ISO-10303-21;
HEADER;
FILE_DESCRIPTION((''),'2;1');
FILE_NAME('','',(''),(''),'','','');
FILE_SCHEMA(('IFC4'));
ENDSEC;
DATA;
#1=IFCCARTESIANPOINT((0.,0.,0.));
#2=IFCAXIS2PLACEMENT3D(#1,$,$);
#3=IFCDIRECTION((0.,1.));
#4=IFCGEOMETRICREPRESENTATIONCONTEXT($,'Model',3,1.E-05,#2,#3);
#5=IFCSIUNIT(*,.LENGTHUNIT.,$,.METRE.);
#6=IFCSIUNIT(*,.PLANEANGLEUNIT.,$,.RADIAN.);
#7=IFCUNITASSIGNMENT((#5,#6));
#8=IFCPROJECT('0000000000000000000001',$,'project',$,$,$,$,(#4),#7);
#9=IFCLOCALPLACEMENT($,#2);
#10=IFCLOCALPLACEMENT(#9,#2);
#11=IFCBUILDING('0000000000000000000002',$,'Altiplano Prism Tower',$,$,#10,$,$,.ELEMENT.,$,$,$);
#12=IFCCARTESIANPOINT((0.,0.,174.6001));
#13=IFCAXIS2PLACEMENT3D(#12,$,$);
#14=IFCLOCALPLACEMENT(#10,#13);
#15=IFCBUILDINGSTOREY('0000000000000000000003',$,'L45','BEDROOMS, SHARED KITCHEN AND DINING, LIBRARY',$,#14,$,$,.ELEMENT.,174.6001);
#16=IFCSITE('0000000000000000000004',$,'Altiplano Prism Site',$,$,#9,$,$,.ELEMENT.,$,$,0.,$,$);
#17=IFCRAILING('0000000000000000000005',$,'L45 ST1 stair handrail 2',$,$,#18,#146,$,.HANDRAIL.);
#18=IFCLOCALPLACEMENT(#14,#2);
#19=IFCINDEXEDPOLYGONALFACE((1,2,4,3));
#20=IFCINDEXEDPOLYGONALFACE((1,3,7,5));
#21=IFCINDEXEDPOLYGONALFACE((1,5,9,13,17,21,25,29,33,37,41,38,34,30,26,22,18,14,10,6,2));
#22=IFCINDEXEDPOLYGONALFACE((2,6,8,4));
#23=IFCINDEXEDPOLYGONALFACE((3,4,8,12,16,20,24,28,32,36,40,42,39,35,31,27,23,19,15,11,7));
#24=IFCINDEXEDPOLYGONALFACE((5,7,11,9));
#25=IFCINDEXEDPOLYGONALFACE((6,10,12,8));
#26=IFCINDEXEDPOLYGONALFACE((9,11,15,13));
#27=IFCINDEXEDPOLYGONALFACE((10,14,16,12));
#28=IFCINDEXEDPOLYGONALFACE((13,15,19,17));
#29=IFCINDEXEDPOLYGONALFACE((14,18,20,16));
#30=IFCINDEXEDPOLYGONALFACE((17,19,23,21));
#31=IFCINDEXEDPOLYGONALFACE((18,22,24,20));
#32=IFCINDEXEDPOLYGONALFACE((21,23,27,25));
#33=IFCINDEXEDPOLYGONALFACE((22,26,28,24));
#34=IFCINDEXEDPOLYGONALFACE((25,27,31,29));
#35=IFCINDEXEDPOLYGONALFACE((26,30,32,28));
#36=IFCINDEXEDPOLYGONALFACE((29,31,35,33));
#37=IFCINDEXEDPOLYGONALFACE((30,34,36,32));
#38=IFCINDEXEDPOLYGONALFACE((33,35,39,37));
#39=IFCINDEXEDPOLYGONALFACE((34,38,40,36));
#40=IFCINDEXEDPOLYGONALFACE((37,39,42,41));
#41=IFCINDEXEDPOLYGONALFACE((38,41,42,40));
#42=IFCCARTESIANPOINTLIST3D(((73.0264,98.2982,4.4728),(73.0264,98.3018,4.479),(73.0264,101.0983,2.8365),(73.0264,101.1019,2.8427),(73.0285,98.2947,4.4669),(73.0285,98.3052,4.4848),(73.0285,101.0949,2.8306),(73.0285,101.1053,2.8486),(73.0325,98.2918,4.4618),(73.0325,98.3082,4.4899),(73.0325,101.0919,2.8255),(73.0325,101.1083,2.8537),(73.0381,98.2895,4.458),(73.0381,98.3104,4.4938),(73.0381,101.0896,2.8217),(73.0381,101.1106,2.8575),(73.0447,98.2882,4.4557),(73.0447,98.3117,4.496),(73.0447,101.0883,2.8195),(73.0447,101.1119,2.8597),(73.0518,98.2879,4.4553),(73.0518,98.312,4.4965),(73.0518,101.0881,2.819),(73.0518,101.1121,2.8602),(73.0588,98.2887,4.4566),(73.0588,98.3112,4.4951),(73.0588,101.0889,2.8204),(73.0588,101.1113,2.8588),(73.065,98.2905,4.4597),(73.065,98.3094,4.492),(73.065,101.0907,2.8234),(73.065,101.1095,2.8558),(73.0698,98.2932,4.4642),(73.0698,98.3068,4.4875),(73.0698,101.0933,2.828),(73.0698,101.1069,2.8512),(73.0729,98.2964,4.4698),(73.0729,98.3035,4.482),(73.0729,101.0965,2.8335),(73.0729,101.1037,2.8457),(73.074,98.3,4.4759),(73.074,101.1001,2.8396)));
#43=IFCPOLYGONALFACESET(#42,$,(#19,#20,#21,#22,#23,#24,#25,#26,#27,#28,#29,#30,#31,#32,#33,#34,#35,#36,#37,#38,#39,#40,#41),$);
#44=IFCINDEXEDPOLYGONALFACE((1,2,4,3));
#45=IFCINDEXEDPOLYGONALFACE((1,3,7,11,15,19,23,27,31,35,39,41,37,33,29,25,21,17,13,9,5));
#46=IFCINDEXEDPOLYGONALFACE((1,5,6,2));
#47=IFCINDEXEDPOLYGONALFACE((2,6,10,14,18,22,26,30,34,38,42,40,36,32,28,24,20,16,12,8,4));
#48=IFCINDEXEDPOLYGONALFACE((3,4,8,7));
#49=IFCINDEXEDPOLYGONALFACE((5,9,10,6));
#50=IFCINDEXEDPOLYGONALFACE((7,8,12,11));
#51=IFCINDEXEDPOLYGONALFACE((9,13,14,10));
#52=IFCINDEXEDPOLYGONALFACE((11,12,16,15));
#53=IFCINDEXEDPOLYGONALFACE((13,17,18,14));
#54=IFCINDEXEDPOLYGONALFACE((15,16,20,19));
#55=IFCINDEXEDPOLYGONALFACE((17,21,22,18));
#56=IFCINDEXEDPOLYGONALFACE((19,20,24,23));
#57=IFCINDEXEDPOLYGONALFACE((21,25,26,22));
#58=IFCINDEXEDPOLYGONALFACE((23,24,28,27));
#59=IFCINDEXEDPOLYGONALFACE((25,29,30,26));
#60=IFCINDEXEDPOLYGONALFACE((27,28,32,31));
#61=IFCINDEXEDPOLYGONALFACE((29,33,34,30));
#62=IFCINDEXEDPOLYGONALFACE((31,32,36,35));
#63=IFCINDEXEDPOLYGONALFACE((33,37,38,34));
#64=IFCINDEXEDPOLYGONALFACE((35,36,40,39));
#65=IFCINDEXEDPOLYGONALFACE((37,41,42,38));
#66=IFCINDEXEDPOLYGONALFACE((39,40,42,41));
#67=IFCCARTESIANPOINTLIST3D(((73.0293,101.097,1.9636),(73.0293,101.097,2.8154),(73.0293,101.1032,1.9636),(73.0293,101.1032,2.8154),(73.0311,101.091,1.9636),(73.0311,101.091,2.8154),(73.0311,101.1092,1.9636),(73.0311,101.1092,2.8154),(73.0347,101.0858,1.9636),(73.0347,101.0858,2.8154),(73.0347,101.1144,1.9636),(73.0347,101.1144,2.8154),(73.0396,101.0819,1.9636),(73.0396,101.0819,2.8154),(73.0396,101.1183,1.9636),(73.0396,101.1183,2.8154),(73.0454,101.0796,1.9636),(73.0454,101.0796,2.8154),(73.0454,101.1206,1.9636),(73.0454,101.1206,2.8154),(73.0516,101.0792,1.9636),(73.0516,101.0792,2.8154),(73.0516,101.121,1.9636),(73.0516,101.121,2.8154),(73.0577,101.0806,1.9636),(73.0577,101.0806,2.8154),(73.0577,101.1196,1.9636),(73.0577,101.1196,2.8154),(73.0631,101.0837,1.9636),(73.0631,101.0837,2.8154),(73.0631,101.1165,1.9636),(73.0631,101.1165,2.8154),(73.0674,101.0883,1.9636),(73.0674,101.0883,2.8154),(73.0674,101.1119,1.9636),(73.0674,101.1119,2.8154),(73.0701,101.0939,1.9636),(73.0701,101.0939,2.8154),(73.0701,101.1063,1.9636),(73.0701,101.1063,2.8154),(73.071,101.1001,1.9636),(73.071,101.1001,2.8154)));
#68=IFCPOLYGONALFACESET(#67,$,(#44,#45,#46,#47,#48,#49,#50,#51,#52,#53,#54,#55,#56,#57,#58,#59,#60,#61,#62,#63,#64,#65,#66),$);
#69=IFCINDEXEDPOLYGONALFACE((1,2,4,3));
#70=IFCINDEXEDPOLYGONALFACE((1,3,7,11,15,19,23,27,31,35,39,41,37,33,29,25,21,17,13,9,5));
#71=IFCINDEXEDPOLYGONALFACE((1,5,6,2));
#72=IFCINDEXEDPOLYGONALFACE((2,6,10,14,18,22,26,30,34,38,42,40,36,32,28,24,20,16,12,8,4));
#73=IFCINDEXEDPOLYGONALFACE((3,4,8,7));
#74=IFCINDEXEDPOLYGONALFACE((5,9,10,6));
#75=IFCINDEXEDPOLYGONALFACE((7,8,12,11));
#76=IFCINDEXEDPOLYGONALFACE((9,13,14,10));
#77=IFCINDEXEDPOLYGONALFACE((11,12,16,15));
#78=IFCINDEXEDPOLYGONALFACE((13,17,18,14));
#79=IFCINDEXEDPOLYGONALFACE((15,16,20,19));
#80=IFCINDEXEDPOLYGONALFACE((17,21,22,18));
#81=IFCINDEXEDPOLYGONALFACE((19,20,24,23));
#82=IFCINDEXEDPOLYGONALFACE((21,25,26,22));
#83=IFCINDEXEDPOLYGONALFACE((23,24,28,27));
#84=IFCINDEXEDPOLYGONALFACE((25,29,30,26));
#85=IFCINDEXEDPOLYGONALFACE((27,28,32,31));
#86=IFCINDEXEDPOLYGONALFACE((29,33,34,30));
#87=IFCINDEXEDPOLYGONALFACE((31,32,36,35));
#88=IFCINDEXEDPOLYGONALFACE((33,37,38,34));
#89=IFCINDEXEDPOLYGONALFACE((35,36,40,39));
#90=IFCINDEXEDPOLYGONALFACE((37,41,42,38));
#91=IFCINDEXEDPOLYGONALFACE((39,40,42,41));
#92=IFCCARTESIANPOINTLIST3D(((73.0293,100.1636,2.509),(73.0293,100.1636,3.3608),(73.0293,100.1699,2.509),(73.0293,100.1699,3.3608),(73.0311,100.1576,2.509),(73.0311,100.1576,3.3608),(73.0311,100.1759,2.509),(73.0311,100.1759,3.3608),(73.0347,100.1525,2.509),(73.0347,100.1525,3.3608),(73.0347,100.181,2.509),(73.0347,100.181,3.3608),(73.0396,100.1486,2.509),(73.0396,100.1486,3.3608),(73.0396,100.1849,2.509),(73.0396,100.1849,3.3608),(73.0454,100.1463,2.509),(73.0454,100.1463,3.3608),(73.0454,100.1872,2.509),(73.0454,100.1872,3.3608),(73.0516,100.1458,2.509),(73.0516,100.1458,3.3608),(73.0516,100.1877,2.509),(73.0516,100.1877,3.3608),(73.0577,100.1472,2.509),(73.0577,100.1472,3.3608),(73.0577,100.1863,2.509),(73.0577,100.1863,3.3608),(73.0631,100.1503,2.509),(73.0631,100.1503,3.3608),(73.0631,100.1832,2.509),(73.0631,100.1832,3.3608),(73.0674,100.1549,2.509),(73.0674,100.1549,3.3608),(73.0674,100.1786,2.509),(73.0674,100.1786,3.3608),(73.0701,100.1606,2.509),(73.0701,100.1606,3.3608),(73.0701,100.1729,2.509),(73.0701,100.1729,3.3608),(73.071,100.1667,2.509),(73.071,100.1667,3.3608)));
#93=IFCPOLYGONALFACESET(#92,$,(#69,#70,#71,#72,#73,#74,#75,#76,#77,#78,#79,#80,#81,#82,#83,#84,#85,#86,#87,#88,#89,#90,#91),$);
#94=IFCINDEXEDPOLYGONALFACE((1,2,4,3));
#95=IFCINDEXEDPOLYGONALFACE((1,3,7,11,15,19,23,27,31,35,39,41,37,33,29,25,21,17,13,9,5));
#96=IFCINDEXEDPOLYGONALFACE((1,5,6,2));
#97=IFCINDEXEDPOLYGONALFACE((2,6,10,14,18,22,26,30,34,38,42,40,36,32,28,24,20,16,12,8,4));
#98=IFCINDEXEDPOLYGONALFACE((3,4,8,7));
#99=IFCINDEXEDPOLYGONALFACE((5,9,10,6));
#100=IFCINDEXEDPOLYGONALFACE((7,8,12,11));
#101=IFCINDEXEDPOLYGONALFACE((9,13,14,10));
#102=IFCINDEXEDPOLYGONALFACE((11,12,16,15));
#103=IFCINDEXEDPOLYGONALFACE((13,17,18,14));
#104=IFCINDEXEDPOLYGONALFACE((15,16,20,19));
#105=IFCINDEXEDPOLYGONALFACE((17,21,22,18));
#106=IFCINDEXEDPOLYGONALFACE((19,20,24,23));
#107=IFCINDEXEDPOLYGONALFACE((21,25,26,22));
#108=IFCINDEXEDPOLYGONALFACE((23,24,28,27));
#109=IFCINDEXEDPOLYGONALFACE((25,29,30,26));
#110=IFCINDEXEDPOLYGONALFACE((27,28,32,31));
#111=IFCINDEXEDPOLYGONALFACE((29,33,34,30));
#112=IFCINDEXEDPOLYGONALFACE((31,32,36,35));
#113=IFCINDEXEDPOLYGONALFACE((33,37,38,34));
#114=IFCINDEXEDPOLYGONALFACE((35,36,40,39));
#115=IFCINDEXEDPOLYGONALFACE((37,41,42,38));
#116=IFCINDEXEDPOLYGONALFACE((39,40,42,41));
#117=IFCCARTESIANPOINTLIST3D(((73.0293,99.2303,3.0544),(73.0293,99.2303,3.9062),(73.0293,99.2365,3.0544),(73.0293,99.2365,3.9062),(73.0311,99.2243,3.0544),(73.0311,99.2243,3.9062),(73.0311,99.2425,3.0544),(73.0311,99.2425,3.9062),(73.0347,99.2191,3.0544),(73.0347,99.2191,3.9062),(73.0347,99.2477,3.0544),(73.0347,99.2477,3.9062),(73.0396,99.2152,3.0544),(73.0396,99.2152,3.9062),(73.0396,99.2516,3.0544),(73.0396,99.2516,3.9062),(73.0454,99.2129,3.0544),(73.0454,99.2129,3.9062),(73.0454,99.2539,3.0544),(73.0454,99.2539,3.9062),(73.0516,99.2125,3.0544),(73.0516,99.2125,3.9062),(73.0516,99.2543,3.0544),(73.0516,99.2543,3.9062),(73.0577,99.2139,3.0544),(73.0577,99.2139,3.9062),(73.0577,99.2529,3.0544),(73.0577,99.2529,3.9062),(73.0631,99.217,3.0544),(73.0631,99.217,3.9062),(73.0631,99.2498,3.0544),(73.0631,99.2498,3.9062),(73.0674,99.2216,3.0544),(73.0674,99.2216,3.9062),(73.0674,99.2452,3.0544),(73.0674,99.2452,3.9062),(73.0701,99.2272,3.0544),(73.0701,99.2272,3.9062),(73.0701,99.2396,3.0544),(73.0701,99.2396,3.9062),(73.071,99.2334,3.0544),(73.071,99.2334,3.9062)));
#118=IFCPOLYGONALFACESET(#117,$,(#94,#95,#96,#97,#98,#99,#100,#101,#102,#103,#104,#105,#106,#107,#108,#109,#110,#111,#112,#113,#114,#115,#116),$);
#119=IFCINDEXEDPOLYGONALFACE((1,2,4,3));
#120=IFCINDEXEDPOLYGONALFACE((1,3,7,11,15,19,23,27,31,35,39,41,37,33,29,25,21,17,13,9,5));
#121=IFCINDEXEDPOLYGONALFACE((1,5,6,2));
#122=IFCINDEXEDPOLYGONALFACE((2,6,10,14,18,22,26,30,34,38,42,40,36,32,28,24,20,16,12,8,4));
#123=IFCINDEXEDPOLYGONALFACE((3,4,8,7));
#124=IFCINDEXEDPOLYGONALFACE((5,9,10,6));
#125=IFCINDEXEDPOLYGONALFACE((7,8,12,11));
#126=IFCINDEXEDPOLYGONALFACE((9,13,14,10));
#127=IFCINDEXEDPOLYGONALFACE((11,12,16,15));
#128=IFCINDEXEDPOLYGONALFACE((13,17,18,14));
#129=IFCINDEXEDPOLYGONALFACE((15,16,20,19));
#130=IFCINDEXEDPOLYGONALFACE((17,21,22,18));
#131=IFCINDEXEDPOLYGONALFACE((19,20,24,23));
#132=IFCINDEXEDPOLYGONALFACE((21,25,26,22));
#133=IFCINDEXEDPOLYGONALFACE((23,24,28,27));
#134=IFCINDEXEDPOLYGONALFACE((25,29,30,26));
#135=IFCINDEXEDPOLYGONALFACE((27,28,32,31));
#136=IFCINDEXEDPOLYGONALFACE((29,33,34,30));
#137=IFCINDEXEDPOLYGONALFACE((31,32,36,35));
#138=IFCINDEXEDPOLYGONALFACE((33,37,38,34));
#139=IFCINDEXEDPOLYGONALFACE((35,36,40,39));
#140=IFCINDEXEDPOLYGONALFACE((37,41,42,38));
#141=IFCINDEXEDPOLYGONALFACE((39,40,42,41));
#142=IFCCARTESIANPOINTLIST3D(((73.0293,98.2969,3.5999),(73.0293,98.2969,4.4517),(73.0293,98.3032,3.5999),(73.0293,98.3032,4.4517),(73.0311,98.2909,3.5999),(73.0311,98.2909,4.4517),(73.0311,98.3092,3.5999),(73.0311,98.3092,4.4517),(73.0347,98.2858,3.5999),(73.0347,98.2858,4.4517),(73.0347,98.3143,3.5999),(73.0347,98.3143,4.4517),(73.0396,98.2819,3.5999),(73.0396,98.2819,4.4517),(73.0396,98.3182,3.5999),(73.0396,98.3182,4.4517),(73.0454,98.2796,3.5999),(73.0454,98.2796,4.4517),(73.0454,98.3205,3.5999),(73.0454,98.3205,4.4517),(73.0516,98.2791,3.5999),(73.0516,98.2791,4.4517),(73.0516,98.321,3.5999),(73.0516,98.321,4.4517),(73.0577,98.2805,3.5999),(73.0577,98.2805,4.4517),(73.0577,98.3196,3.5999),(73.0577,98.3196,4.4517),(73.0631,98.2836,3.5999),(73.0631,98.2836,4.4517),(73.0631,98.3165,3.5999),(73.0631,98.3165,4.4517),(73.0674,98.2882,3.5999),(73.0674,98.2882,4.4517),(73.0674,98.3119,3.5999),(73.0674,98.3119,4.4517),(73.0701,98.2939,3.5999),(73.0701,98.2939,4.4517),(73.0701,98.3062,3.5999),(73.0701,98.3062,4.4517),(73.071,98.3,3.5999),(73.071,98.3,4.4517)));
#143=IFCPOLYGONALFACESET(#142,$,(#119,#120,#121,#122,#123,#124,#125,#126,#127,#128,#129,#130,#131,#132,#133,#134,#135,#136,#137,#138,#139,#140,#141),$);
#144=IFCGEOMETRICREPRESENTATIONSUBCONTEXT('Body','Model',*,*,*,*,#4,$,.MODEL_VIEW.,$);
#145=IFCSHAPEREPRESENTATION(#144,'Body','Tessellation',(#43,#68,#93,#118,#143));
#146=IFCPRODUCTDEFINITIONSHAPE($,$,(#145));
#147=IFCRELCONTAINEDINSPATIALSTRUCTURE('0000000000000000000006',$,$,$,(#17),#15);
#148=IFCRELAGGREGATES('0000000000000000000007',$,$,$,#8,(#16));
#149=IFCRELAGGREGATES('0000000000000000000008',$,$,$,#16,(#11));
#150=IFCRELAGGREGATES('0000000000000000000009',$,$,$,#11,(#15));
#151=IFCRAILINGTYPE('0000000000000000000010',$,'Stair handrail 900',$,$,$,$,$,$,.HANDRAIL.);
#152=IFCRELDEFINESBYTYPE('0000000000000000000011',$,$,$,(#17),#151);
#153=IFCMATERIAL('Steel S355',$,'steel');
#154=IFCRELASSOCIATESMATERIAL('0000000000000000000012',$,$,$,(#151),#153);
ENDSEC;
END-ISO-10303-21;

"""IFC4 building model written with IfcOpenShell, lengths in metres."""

from ifc_helpers import new_model, si_unit, direction, frame, origin, origin_2d, place, context, subcontext, project, spatial, circle, extrude, material, type_object, element, save


model = new_model("IFC4")

# Units and contexts
model_context = context("Model", 3, precision=1e-05, world=origin(), true_north=direction((0.0, 1.0)))
body_context = subcontext(model_context, "Body", "Model", "MODEL_VIEW")
ifc_project = project(units=[si_unit("LENGTHUNIT", "METRE"), si_unit("PLANEANGLEUNIT", "RADIAN")], contexts=[model_context])

# Site, building, storey
site_placement = place(None, origin())
site = spatial("IfcSite", under=ifc_project, at=site_placement, Name="Altiplano Prism Site", CompositionType="ELEMENT", RefElevation=0.0)
building_placement = place(site_placement, origin())
building = spatial("IfcBuilding", under=site, at=building_placement, Name="Altiplano Prism Tower", CompositionType="ELEMENT")
storey_placement = place(building_placement, frame((0.0, 0.0, 174.6001)))
storey = spatial("IfcBuildingStorey", under=building, at=storey_placement, Name="L45", Description="BEDROOMS, SHARED KITCHEN AND DINING, LIBRARY", CompositionType="ELEMENT", Elevation=174.6001)

# Railing
ifc_material_1 = material(Name="Steel S355", Category="steel")
railing_type_1 = type_object("IfcRailingType", Name="Stair handrail 900", PredefinedType="HANDRAIL", material=ifc_material_1)
railing_1_placement = place(storey_placement, frame((73.05, 101.1001, 1.9636)))
element("IfcRailing", 1, at=railing_1_placement, inside=storey, type_object=railing_type_1, Name="L45 ST1 stair handrail 2", PredefinedType="HANDRAIL", context=body_context, shape_type="SweptSolid", body=[
    extrude(circle(Radius=0.0239, at=origin_2d()), frame((0.0, 0.0, 0.876), z_axis=(0.0, -0.863394, 0.504531), x_axis=(1.0, 0.0, 0.0)), (0.0, 0.0, 1.0), 3.2432),
    extrude(circle(Radius=0.021, at=origin_2d()), origin(), (0.0, 0.0, 1.0), 0.8518),
    extrude(circle(Radius=0.021, at=origin_2d()), frame((0.0, -0.9333, 0.5454)), (0.0, 0.0, 1.0), 0.8518),
    extrude(circle(Radius=0.021, at=origin_2d()), frame((0.0, -1.8667, 1.0908)), (0.0, 0.0, 1.0), 0.8518),
    extrude(circle(Radius=0.021, at=origin_2d()), frame((0.0, -2.8, 1.6362)), (0.0, 0.0, 1.0), 0.8518),
])

save(model, "model.ifc")
